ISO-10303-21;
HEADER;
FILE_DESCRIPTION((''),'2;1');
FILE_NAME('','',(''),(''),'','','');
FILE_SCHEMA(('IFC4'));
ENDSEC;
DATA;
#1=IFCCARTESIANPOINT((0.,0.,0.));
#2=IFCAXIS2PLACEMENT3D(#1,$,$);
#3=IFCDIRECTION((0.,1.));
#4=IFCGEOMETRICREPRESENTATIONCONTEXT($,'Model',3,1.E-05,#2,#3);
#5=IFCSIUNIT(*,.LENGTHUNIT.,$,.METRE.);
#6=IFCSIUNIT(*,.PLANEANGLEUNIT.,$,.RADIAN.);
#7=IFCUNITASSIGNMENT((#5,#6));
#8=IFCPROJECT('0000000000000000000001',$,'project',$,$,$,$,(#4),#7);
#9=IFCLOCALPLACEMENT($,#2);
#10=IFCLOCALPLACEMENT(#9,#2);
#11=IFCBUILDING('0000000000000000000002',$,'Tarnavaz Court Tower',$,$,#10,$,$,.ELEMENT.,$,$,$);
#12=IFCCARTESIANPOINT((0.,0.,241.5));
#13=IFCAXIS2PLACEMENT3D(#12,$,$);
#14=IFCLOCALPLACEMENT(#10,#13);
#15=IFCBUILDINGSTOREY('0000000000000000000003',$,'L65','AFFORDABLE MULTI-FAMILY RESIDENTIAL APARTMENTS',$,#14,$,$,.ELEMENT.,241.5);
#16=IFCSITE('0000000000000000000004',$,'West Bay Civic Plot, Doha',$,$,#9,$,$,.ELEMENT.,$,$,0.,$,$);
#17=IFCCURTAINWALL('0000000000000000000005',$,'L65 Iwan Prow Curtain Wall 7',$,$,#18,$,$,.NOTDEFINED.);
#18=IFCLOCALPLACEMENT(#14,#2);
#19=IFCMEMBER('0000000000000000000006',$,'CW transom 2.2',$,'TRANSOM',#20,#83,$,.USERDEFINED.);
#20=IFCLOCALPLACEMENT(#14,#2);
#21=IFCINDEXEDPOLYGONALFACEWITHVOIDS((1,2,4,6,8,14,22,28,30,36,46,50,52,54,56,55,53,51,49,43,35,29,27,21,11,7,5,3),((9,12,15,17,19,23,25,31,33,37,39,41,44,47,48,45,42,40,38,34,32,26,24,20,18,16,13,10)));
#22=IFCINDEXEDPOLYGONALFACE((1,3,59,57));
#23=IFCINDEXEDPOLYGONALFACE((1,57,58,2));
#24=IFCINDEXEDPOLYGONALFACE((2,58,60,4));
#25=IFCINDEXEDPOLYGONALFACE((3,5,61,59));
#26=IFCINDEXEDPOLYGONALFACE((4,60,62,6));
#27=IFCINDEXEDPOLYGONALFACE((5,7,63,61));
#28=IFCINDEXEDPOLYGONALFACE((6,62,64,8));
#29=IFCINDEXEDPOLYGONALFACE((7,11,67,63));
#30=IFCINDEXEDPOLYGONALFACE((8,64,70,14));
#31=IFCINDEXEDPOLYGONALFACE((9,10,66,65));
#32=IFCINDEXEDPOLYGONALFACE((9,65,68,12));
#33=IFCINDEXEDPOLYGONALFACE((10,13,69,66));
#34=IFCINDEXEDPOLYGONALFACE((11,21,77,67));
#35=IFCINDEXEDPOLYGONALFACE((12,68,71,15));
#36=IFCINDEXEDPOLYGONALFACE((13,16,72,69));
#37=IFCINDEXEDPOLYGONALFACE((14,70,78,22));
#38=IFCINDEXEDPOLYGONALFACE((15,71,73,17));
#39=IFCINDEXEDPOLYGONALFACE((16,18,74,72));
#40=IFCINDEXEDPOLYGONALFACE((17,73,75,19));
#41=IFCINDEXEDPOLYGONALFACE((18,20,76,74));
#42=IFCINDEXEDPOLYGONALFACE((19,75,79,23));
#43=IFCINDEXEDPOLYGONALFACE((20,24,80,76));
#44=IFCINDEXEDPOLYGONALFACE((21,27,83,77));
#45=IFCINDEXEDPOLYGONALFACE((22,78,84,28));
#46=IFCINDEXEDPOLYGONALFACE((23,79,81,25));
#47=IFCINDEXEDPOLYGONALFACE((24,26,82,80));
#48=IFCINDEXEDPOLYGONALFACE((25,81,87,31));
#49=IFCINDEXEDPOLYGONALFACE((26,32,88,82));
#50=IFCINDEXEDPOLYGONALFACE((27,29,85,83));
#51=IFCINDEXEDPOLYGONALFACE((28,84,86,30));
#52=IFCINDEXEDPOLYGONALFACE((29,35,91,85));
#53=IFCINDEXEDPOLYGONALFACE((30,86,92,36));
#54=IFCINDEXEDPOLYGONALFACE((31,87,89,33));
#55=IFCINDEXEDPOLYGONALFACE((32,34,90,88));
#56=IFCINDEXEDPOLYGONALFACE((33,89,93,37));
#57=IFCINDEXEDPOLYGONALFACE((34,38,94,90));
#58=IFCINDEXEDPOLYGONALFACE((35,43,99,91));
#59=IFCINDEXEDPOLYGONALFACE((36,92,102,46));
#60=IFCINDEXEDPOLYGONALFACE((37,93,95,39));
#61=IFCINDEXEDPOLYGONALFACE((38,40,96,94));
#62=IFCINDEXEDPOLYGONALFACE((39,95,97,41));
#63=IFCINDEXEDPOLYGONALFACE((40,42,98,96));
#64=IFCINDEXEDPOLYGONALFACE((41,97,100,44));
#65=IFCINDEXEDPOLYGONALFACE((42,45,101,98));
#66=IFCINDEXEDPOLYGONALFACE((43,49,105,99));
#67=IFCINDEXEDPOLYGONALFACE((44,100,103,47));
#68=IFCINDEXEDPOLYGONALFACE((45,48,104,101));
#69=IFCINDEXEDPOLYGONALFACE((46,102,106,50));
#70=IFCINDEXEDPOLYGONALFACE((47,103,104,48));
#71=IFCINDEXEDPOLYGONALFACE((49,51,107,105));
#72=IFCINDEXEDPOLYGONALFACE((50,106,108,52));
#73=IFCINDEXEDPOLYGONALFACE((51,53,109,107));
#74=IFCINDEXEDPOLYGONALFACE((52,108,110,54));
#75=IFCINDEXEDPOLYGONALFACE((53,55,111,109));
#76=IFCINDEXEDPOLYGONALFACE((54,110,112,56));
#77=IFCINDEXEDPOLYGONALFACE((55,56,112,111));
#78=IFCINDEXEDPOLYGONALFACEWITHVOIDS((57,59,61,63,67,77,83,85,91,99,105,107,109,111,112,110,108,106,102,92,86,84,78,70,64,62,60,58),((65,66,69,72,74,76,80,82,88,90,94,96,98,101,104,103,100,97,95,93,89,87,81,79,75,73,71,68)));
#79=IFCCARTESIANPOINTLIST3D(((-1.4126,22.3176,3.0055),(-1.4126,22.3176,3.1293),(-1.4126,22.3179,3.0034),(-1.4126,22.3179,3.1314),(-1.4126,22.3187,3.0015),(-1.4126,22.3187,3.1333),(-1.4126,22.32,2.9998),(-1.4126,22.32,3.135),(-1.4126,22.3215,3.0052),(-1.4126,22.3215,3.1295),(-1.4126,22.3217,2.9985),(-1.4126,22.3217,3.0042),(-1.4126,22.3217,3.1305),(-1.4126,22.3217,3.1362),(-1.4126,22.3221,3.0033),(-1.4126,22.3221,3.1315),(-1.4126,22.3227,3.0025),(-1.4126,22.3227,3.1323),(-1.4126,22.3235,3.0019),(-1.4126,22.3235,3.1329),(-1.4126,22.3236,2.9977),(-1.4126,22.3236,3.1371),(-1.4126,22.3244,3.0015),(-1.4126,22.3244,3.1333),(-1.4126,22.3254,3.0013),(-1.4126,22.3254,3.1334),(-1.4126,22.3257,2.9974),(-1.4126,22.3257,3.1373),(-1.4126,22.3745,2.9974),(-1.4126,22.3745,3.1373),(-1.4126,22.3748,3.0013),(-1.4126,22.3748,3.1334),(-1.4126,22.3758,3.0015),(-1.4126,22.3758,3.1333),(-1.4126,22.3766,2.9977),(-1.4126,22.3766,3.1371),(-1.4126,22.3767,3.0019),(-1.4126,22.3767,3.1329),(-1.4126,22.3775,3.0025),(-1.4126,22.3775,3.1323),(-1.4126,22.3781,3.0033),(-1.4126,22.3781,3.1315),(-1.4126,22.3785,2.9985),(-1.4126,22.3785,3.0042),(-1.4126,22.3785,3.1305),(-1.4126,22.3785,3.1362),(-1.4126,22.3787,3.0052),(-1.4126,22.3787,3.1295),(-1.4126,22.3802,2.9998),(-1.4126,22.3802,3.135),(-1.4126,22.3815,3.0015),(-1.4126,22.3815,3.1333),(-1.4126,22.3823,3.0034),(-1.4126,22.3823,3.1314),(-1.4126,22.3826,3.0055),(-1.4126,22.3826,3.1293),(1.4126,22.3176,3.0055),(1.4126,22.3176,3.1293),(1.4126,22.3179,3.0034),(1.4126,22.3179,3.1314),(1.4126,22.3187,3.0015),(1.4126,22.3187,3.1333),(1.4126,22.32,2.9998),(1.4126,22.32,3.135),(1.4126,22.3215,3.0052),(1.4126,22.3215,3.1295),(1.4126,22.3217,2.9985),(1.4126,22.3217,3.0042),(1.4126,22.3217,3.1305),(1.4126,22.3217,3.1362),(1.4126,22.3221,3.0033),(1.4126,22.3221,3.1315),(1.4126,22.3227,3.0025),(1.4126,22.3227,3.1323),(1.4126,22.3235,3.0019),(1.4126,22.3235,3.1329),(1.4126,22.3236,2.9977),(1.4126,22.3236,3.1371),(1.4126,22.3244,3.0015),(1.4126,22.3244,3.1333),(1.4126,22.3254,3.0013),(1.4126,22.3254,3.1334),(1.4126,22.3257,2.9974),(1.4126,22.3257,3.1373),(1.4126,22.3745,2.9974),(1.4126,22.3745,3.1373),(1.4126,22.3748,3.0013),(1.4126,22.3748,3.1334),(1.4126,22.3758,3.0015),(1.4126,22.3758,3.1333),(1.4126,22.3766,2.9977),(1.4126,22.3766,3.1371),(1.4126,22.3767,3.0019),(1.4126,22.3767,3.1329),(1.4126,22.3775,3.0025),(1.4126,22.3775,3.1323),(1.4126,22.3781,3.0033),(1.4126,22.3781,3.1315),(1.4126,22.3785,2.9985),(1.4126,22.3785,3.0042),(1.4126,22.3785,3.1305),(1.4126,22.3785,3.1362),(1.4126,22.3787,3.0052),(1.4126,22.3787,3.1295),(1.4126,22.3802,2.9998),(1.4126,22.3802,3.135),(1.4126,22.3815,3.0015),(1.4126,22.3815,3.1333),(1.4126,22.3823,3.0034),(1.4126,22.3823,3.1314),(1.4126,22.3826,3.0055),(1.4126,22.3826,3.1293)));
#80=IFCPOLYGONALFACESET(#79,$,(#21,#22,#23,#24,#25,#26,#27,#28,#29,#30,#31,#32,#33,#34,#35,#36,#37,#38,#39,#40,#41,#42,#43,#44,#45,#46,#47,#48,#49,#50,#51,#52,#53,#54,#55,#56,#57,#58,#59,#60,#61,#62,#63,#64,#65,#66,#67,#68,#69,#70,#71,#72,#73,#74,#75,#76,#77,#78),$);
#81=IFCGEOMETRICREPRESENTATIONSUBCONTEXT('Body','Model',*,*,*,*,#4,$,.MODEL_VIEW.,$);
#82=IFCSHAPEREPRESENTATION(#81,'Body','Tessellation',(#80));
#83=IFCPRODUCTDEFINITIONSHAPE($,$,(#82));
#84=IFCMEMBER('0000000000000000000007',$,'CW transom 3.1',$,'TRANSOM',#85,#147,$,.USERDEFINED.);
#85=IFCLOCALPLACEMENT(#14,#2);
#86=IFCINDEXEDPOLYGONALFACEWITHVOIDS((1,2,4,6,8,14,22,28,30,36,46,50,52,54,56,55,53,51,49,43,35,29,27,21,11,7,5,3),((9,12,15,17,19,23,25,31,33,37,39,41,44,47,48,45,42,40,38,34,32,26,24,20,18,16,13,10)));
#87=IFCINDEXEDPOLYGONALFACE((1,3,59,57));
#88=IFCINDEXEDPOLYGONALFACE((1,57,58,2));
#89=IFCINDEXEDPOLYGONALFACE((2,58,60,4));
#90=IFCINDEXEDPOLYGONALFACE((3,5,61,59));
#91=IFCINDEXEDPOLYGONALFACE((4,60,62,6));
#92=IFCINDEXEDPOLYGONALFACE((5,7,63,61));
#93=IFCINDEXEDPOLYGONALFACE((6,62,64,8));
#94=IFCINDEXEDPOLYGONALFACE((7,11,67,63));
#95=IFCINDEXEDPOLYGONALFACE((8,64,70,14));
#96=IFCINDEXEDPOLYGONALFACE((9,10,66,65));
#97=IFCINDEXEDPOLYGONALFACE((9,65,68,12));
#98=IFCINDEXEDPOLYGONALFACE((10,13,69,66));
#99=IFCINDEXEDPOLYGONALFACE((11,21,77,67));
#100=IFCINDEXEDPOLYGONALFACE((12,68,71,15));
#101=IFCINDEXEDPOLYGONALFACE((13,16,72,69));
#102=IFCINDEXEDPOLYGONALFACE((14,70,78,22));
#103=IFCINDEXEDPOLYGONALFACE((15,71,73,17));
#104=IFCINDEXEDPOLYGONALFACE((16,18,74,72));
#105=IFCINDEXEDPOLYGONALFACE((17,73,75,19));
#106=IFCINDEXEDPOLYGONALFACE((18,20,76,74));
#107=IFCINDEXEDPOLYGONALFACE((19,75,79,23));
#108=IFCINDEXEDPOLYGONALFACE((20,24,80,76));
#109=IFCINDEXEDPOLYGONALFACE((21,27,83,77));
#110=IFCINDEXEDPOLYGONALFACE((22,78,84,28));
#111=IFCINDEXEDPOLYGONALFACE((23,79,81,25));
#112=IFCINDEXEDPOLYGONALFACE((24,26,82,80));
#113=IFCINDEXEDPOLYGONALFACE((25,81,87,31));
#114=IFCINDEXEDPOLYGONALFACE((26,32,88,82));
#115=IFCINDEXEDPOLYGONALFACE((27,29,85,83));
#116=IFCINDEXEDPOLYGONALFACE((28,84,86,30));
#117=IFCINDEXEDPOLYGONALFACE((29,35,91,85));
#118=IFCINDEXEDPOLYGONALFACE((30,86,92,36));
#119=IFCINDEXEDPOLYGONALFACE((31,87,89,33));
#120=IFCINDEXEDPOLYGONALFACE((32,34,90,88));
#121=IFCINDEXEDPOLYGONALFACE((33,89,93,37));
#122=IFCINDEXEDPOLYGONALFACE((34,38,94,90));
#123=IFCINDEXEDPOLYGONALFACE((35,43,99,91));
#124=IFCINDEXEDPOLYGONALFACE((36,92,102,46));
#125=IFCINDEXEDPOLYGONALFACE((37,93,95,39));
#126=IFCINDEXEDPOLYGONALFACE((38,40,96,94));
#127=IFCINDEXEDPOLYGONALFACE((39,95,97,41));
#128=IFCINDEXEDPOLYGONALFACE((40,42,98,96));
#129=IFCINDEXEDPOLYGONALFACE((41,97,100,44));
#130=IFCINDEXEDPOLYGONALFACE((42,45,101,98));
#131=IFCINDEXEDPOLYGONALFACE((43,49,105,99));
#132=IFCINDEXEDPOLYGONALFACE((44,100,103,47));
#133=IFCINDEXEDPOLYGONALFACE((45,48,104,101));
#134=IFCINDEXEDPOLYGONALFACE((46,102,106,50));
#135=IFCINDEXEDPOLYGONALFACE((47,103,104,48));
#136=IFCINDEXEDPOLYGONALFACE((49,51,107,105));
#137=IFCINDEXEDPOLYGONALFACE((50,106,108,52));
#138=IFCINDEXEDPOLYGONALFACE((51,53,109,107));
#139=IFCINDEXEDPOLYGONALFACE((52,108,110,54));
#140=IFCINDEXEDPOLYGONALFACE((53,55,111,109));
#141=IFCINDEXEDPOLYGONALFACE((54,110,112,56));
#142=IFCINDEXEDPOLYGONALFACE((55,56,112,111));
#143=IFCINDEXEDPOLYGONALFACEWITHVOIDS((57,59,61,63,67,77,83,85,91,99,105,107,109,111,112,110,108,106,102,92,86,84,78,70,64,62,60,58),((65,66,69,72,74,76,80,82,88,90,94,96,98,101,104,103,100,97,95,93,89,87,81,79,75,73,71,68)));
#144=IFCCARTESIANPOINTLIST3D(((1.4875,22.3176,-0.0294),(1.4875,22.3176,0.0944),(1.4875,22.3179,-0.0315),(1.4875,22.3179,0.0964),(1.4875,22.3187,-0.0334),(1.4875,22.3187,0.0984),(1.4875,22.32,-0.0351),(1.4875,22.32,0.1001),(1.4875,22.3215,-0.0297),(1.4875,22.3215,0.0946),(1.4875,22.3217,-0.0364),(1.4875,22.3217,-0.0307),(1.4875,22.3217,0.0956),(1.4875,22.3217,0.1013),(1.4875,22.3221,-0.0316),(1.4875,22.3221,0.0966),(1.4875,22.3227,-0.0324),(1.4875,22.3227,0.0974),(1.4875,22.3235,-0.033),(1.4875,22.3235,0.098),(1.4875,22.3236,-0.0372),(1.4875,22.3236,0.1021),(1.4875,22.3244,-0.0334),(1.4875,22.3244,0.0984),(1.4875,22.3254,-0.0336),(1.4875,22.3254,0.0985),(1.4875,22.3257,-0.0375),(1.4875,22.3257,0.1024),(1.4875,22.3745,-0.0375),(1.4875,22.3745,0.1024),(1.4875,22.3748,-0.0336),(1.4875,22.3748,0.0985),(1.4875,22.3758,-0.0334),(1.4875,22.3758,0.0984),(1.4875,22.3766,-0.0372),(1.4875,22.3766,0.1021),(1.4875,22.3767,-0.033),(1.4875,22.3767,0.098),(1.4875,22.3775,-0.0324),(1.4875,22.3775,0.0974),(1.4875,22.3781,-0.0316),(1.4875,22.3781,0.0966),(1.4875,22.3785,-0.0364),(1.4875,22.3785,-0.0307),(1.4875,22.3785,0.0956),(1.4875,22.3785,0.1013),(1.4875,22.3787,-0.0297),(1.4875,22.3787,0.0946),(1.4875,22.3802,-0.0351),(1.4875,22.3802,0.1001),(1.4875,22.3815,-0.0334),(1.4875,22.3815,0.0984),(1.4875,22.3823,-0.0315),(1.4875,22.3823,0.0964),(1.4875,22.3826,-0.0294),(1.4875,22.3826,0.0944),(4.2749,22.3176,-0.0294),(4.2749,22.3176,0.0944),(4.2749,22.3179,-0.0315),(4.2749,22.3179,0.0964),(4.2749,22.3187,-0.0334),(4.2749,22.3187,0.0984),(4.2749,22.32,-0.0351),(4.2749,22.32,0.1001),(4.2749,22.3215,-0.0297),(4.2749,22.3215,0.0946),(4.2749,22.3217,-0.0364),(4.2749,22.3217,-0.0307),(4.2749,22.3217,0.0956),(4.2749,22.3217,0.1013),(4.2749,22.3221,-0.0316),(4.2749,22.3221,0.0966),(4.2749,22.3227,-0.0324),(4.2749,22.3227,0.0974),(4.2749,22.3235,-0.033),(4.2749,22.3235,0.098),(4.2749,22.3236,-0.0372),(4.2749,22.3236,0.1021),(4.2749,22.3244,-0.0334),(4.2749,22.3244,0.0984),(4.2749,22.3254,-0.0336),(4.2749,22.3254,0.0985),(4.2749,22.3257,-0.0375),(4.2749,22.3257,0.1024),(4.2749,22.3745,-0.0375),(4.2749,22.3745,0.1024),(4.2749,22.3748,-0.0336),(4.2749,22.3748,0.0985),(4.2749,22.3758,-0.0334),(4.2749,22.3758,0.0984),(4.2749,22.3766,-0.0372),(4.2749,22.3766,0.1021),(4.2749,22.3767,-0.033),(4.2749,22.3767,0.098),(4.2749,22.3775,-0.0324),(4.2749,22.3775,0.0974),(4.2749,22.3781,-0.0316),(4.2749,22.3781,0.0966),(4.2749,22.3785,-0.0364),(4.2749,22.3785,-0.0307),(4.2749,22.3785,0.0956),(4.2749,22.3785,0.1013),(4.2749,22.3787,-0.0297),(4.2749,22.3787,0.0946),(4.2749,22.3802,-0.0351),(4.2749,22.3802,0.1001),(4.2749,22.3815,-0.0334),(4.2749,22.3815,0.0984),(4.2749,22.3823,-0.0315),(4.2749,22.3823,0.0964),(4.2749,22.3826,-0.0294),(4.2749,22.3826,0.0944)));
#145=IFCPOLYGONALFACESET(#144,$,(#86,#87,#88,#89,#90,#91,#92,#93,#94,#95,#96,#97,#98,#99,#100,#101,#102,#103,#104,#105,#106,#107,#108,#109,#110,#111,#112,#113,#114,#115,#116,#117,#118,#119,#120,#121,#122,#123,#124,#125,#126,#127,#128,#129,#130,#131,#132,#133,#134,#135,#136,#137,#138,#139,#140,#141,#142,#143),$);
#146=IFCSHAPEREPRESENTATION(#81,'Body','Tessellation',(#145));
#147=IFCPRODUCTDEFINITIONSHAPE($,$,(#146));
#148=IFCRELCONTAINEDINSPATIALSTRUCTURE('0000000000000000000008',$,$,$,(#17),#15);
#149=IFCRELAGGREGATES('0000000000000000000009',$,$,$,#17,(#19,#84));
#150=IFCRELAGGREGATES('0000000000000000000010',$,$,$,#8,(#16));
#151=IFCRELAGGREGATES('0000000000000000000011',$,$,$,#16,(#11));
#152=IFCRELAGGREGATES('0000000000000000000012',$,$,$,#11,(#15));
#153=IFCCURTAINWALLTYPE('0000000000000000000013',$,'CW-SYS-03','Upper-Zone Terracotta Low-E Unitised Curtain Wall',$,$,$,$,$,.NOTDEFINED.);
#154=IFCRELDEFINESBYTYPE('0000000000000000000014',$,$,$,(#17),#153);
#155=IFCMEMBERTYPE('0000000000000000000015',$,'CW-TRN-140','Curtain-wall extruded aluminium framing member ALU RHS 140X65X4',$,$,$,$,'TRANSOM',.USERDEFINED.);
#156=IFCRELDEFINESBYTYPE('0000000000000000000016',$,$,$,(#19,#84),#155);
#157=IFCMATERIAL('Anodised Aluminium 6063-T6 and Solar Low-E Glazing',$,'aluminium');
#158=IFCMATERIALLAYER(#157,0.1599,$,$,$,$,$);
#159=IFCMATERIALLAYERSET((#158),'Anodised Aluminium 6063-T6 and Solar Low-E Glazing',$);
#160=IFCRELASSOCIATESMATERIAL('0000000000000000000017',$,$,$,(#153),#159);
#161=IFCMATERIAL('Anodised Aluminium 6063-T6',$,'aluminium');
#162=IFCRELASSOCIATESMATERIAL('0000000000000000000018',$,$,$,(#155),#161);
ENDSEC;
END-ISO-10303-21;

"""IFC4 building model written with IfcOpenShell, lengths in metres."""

from ifc_helpers import new_model, si_unit, direction, frame, origin, origin_2d, place, context, subcontext, project, spatial, hollow_rectangle, extrude, material, layer, layer_set, material_profile, profile_set, type_object, element, aggregate, save


model = new_model("IFC4")

# Units and contexts
model_context = context("Model", 3, precision=1e-05, world=origin(), true_north=direction((0.0, 1.0)))
body_context = subcontext(model_context, "Body", "Model", "MODEL_VIEW")
ifc_project = project(units=[si_unit("LENGTHUNIT", "METRE"), si_unit("PLANEANGLEUNIT", "RADIAN")], contexts=[model_context])

# Site, building, storey
site_placement = place(None, origin())
site = spatial("IfcSite", under=ifc_project, at=site_placement, Name="West Bay Civic Plot, Doha", CompositionType="ELEMENT", RefElevation=0.0)
building_placement = place(site_placement, origin())
building = spatial("IfcBuilding", under=site, at=building_placement, Name="Tarnavaz Court Tower", CompositionType="ELEMENT")
storey_placement = place(building_placement, frame((0.0, 0.0, 241.5)))
storey = spatial("IfcBuildingStorey", under=building, at=storey_placement, Name="L65", Description="AFFORDABLE MULTI-FAMILY RESIDENTIAL APARTMENTS", CompositionType="ELEMENT", Elevation=241.5)

# Curtain wall, members
ifc_material_1 = material(Name="Anodised Aluminium 6063-T6 and Solar Low-E Glazing", Category="aluminium")
ifc_layer_1 = layer(ifc_material_1, 0.1599)
ifc_layer_set_1 = layer_set([ifc_layer_1], Name="Anodised Aluminium 6063-T6 and Solar Low-E Glazing")
curtain_wall_type = type_object("IfcCurtainWallType", Name="CW-SYS-03", Description="Upper-Zone Terracotta Low-E Unitised Curtain Wall", PredefinedType="NOTDEFINED", material=ifc_layer_set_1)
curtain_wall_placement = place(storey_placement, origin())
curtain_wall = element("IfcCurtainWall", 1, at=curtain_wall_placement, inside=storey, type_object=curtain_wall_type, Name="L65 Iwan Prow Curtain Wall 7", PredefinedType="NOTDEFINED")
ifc_material_2 = material(Name="Anodised Aluminium 6063-T6", Category="aluminium")
ifc_material_profile_1 = material_profile(ifc_material_2, hollow_rectangle(XDim=0.0649, YDim=0.1399, WallThickness=0.0039, InnerFilletRadius=0.0039, OuterFilletRadius=0.0081, at=origin_2d()), Name="ALU RHS 140X65X4")
ifc_profile_set_1 = profile_set([ifc_material_profile_1], Name="Anodised Aluminium 6063-T6")
member_type_1 = type_object("IfcMemberType", Name="CW-TRN-140", Description="Curtain-wall extruded aluminium framing member ALU RHS 140X65X4", ElementType="TRANSOM", PredefinedType="USERDEFINED", material=ifc_profile_set_1)
member_1_placement = place(storey_placement, frame((-1.4126, 22.3501, 3.0674), z_axis=(1.0, 0.0, 0.0), x_axis=(0.0, 1.0, 0.0)))
member_1 = element("IfcMember", 2, at=member_1_placement, type_object=member_type_1, Name="CW transom 2.2", ObjectType="TRANSOM", PredefinedType="USERDEFINED", context=body_context, shape_type="SweptSolid", body=[
    extrude(hollow_rectangle(XDim=0.0649, YDim=0.1399, WallThickness=0.0039, InnerFilletRadius=0.0039, OuterFilletRadius=0.0081, at=origin_2d()), origin(), (0.0, 0.0, 1.0), 2.8252),
])
member_2_placement = place(storey_placement, frame((1.4875, 22.3501, 0.0325), z_axis=(1.0, 0.0, 0.0), x_axis=(0.0, 1.0, 0.0)))
member_2 = element("IfcMember", 3, at=member_2_placement, type_object=member_type_1, Name="CW transom 3.1", ObjectType="TRANSOM", PredefinedType="USERDEFINED", context=body_context, shape_type="SweptSolid", body=[
    extrude(hollow_rectangle(XDim=0.0649, YDim=0.1399, WallThickness=0.0039, InnerFilletRadius=0.0039, OuterFilletRadius=0.0081, at=origin_2d()), origin(), (0.0, 0.0, 1.0), 2.7874),
])
aggregate(curtain_wall, [member_1, member_2])

save(model, "model.ifc")
